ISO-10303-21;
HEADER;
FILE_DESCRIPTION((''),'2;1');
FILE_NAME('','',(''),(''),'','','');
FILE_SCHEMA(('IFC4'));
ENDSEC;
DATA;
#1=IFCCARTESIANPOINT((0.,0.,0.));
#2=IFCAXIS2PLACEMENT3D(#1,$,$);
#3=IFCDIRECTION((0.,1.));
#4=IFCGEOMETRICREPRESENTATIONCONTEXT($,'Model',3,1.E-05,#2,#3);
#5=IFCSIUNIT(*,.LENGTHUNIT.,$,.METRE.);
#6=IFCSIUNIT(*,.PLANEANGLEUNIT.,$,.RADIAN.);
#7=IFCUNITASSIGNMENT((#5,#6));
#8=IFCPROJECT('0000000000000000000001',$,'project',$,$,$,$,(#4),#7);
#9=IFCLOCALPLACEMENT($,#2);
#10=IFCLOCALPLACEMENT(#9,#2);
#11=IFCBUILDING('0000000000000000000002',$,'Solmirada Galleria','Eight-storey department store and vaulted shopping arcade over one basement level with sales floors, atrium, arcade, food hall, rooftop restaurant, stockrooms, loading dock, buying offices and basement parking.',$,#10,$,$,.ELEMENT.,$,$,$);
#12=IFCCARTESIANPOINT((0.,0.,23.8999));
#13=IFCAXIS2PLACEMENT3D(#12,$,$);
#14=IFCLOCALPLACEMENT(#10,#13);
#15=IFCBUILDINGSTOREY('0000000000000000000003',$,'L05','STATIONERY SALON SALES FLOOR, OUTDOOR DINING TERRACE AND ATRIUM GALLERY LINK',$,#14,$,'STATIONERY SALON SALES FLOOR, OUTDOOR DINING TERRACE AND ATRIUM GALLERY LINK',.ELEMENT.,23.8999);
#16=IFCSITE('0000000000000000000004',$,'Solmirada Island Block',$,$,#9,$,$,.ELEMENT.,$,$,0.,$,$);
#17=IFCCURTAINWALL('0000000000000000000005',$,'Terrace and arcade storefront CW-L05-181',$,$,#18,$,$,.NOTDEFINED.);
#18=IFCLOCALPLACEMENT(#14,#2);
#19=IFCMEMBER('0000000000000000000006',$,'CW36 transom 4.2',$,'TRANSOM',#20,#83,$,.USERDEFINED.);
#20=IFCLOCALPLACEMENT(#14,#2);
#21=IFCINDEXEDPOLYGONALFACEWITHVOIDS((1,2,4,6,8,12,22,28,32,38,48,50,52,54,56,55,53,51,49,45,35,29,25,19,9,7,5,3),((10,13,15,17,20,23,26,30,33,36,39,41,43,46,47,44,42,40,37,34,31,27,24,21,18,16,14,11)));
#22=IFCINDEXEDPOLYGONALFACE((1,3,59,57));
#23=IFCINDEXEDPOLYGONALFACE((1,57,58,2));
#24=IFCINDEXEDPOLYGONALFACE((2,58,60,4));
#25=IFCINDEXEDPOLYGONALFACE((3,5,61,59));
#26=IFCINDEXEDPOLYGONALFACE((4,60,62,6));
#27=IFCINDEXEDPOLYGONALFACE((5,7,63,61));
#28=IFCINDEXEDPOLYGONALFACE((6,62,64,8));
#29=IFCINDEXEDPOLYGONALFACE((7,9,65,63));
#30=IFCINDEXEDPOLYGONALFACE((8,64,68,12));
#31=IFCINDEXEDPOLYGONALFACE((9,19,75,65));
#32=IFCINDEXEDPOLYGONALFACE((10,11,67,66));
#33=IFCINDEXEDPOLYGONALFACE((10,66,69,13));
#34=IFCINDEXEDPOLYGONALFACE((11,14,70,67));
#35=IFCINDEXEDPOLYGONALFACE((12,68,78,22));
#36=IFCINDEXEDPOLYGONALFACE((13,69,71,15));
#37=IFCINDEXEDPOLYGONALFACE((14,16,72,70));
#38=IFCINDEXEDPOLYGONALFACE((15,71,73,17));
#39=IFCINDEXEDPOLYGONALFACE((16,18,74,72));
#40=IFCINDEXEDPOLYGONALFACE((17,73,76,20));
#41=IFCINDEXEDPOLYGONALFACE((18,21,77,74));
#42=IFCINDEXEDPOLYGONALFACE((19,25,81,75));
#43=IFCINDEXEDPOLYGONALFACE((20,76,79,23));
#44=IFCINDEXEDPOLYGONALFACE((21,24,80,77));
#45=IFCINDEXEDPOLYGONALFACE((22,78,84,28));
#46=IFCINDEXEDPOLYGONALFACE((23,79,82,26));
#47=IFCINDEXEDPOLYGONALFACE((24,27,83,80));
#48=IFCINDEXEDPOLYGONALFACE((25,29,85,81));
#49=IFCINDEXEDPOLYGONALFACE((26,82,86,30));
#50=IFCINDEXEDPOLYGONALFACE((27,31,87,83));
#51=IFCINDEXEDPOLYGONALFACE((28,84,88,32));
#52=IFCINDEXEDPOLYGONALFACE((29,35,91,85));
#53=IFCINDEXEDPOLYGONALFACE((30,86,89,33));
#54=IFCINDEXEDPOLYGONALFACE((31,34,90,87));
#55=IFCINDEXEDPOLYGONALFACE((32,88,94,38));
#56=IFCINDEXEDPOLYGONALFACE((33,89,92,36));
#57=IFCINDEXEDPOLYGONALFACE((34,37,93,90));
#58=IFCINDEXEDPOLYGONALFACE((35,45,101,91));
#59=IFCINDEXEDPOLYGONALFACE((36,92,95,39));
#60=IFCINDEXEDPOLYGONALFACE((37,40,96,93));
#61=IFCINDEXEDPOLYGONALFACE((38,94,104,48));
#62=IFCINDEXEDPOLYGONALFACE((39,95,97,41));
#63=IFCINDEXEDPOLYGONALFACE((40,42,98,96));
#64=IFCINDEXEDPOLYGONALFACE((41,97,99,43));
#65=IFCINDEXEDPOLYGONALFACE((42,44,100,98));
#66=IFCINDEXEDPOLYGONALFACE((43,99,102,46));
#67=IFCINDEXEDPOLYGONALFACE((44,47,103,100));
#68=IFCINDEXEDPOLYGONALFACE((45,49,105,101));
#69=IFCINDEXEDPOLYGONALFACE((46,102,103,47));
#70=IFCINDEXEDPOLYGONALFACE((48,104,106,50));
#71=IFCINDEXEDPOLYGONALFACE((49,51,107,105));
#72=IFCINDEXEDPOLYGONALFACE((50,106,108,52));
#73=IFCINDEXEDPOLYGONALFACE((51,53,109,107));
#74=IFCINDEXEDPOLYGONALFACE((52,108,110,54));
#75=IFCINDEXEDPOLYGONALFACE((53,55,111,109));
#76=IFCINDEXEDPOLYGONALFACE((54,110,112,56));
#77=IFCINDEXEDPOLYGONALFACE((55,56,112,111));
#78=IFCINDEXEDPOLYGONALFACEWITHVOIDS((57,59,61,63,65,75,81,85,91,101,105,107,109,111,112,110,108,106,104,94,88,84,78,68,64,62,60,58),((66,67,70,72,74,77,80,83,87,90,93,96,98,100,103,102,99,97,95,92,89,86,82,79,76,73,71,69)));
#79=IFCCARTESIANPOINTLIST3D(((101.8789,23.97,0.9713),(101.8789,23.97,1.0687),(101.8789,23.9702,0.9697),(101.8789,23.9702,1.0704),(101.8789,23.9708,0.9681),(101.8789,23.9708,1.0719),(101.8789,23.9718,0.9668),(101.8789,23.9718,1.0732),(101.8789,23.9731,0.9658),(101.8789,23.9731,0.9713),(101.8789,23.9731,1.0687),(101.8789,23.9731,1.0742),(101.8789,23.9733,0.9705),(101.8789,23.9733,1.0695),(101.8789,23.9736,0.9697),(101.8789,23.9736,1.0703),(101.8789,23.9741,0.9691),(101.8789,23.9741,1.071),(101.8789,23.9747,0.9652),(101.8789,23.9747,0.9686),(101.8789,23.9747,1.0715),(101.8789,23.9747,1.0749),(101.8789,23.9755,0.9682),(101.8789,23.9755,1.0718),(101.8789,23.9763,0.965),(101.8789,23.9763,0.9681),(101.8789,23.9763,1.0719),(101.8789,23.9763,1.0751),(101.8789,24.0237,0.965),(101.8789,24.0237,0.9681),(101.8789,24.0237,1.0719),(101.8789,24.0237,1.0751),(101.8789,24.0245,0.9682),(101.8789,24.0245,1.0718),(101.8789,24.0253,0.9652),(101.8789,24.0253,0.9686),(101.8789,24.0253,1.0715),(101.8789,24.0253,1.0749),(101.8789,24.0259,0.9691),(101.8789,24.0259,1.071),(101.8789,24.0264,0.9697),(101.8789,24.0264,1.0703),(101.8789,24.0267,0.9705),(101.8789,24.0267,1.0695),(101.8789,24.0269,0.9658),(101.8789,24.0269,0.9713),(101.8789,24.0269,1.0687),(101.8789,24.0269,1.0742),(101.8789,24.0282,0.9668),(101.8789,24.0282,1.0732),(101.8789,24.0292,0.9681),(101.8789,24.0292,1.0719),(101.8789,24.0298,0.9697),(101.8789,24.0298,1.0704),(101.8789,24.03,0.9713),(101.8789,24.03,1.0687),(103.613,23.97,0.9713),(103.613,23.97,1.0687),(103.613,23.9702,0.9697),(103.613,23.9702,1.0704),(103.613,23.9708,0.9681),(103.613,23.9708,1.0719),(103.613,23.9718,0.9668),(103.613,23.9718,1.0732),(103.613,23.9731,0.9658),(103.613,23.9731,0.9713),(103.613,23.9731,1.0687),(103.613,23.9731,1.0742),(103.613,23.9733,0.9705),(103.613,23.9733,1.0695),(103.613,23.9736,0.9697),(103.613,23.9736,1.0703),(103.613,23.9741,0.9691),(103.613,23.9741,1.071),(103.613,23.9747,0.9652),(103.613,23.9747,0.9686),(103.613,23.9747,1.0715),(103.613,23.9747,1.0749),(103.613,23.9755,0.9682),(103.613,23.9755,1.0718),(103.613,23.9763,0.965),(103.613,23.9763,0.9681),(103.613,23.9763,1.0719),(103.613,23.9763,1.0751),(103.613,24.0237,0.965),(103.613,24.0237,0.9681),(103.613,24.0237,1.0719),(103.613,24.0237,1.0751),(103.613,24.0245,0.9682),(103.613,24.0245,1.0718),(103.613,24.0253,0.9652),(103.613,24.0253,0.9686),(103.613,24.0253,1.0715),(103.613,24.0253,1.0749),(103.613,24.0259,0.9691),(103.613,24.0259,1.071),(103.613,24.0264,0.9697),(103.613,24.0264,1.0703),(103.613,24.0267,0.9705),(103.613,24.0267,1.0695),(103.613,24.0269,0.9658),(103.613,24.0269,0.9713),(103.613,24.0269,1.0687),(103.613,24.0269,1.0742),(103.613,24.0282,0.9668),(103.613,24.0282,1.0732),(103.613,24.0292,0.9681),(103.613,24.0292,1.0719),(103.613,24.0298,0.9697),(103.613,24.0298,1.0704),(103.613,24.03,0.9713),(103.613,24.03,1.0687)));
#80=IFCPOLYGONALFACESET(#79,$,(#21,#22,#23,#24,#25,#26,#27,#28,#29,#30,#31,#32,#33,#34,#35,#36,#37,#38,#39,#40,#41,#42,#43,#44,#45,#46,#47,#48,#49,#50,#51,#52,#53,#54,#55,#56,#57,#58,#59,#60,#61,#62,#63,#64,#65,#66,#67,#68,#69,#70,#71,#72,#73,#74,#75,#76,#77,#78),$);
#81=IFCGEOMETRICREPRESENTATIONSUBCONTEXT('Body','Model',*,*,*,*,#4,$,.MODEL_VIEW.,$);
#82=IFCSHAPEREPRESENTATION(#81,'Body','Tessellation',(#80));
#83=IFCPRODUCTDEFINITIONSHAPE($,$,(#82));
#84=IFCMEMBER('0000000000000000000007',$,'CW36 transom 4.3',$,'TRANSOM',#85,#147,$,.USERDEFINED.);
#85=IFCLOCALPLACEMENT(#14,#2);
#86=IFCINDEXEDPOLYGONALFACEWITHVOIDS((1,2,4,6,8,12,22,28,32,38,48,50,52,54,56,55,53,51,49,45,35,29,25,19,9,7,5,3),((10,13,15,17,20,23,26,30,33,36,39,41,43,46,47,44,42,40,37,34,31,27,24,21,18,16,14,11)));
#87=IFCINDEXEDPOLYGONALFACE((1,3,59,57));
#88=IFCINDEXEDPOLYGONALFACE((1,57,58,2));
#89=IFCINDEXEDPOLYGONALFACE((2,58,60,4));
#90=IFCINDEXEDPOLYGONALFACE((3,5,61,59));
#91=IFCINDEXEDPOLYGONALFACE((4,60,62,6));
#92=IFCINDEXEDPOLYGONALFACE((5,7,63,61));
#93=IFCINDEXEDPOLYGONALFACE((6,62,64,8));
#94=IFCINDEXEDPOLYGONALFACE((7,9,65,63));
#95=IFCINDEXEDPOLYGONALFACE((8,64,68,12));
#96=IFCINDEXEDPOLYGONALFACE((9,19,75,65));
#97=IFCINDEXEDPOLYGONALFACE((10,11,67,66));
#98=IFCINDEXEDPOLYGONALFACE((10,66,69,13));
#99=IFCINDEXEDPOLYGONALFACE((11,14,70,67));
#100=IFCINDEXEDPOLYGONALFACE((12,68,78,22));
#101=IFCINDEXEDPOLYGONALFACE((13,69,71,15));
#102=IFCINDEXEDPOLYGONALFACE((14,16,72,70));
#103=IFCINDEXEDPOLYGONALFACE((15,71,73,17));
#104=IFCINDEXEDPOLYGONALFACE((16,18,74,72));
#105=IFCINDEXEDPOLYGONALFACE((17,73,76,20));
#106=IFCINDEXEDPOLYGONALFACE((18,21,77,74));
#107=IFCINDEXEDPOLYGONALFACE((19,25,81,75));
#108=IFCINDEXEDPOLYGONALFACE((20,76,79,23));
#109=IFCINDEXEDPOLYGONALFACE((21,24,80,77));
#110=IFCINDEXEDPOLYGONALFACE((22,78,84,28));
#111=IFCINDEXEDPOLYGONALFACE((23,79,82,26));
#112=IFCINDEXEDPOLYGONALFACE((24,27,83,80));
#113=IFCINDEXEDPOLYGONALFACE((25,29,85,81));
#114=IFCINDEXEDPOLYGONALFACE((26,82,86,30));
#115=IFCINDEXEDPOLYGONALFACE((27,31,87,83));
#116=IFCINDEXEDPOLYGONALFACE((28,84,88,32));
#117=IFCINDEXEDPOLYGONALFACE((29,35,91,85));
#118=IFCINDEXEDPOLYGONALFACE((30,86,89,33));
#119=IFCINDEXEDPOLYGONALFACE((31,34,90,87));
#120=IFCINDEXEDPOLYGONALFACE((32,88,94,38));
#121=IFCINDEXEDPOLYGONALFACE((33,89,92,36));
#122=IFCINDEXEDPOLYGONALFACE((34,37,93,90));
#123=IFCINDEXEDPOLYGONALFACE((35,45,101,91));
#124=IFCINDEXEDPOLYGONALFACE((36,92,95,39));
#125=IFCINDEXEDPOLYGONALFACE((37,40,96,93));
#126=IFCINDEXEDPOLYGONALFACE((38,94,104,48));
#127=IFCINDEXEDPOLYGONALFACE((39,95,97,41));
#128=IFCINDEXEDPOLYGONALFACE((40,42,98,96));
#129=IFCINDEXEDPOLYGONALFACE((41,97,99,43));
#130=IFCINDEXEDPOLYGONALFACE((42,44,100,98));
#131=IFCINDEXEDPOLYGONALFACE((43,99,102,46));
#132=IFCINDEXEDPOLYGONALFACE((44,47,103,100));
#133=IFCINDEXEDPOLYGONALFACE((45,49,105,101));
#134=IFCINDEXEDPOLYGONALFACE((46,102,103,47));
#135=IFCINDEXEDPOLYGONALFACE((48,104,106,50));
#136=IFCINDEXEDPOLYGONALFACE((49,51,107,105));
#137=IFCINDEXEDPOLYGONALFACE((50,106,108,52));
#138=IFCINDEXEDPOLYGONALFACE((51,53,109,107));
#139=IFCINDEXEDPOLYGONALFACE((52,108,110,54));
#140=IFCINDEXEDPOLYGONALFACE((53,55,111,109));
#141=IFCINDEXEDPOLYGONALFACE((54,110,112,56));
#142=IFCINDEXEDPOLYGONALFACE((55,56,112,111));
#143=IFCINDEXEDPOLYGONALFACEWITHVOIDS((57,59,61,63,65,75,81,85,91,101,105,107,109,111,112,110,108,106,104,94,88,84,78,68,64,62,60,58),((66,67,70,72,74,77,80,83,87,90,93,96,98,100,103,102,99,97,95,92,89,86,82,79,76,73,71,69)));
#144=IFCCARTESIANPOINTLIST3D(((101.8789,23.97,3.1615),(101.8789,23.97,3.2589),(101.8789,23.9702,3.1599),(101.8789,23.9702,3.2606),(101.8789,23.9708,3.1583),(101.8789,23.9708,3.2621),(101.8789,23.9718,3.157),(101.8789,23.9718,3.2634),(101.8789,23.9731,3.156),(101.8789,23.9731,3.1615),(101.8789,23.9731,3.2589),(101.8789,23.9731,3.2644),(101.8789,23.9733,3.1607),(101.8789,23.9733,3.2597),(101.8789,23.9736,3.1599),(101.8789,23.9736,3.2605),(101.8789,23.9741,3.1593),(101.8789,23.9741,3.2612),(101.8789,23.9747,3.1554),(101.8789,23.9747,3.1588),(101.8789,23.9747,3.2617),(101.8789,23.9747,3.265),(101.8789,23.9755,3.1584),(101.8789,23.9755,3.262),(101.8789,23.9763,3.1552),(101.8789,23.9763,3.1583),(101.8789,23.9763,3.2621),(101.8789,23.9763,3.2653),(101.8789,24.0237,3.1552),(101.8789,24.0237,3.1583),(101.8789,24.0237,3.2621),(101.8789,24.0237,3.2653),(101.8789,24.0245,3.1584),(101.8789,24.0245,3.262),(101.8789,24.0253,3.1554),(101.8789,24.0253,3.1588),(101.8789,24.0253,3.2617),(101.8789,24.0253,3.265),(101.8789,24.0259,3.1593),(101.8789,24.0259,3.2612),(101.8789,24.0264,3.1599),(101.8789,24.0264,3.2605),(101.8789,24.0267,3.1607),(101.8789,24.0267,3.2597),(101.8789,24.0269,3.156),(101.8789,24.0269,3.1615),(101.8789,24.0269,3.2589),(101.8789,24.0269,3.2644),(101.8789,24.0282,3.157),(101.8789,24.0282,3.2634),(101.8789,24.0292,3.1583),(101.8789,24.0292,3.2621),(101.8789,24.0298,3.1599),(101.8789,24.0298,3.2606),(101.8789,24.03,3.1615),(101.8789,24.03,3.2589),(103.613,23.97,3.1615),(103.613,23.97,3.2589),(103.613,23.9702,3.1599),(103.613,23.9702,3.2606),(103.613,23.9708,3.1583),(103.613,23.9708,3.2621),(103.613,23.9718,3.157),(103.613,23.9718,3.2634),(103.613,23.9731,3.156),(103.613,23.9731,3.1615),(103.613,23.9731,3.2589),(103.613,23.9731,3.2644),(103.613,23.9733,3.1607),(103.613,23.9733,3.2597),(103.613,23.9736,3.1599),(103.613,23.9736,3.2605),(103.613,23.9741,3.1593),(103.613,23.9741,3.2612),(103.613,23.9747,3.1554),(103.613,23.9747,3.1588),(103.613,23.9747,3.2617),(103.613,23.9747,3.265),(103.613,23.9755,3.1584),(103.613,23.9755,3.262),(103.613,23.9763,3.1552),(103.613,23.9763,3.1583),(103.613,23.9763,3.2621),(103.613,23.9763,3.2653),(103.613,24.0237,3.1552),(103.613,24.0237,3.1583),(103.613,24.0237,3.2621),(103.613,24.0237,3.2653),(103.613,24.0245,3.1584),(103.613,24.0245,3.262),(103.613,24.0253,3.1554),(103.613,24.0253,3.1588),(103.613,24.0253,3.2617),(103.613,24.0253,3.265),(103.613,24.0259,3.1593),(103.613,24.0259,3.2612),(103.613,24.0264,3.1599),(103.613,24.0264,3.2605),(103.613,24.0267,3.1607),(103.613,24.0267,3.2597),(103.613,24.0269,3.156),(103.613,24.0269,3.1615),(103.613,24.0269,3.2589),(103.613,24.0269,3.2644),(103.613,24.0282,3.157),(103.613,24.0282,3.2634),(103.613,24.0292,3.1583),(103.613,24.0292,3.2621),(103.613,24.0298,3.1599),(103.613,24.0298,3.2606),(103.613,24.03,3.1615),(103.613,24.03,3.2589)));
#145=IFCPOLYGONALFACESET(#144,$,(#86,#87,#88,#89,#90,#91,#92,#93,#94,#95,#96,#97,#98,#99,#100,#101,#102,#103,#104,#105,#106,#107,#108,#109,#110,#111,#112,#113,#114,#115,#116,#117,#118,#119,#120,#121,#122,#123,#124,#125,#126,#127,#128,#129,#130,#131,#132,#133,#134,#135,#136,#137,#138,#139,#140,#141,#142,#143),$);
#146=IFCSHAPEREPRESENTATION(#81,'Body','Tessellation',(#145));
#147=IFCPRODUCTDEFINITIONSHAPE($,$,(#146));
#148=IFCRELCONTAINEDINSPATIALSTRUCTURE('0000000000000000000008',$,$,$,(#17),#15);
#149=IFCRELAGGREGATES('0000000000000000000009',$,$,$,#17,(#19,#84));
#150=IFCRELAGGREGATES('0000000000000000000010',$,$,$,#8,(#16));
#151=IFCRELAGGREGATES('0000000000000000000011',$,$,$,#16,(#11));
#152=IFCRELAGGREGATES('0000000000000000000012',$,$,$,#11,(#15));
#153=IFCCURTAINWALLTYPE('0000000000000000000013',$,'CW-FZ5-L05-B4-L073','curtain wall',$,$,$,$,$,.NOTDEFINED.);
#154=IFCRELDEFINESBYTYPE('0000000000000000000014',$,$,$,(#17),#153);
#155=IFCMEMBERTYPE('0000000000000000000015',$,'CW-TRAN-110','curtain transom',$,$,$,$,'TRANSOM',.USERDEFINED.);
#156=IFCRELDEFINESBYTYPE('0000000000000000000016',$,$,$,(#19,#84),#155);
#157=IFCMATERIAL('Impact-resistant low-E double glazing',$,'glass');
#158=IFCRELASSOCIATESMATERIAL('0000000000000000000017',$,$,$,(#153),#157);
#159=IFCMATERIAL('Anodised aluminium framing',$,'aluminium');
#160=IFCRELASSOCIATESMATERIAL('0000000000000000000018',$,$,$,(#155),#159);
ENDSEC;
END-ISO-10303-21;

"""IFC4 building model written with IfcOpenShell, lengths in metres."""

from ifc_helpers import new_model, si_unit, direction, frame, origin, origin_2d, place, context, subcontext, project, spatial, hollow_rectangle, extrude, material, material_profile, profile_set, type_object, element, aggregate, save


model = new_model("IFC4")

# Units and contexts
model_context = context("Model", 3, precision=1e-05, world=origin(), true_north=direction((0.0, 1.0)))
body_context = subcontext(model_context, "Body", "Model", "MODEL_VIEW")
ifc_project = project(units=[si_unit("LENGTHUNIT", "METRE"), si_unit("PLANEANGLEUNIT", "RADIAN")], contexts=[model_context])

# Site, building, storey
site_placement = place(None, origin())
site = spatial("IfcSite", under=ifc_project, at=site_placement, Name="Solmirada Island Block", CompositionType="ELEMENT", RefElevation=0.0)
building_placement = place(site_placement, origin())
building = spatial("IfcBuilding", under=site, at=building_placement, Name="Solmirada Galleria", Description="Eight-storey department store and vaulted shopping arcade over one basement level with sales floors, atrium, arcade, food hall, rooftop restaurant, stockrooms, loading dock, buying offices and basement parking.", CompositionType="ELEMENT")
storey_placement = place(building_placement, frame((0.0, 0.0, 23.8999)))
storey = spatial("IfcBuildingStorey", under=building, at=storey_placement, Name="L05", Description="STATIONERY SALON SALES FLOOR, OUTDOOR DINING TERRACE AND ATRIUM GALLERY LINK", LongName="STATIONERY SALON SALES FLOOR, OUTDOOR DINING TERRACE AND ATRIUM GALLERY LINK", CompositionType="ELEMENT", Elevation=23.8999)

# Curtain wall
ifc_material_1 = material(Name="Impact-resistant low-E double glazing", Category="glass")
curtain_wall_type_1 = type_object("IfcCurtainWallType", Name="CW-FZ5-L05-B4-L073", Description="curtain wall", PredefinedType="NOTDEFINED", material=ifc_material_1)
curtain_wall_1_placement = place(storey_placement, origin())
curtain_wall_1 = element("IfcCurtainWall", 1, at=curtain_wall_1_placement, inside=storey, type_object=curtain_wall_type_1, Name="Terrace and arcade storefront CW-L05-181", PredefinedType="NOTDEFINED")
ifc_material_2 = material(Name="Anodised aluminium framing", Category="aluminium")

# Members
ifc_material_profile_1 = material_profile(ifc_material_2, hollow_rectangle(XDim=0.0601, YDim=0.1101, WallThickness=0.0032, InnerFilletRadius=0.0032, OuterFilletRadius=0.0063, at=origin_2d()), Name="ALU-TRAN-110X60")
ifc_profile_set_1 = profile_set([ifc_material_profile_1], Name="Anodised aluminium framing")
member_type_1 = type_object("IfcMemberType", Name="CW-TRAN-110", Description="curtain transom", ElementType="TRANSOM", PredefinedType="USERDEFINED", material=ifc_profile_set_1)
member_1_placement = place(storey_placement, frame((101.8789, 24.0, 1.02), z_axis=(1.0, 0.0, 0.0), x_axis=(0.0, 1.0, 0.0)))
member_1 = element("IfcMember", 2, at=member_1_placement, type_object=member_type_1, Name="CW36 transom 4.2", ObjectType="TRANSOM", PredefinedType="USERDEFINED", context=body_context, shape_type="SweptSolid", body=[
    extrude(hollow_rectangle(XDim=0.0601, YDim=0.1101, WallThickness=0.0032, InnerFilletRadius=0.0032, OuterFilletRadius=0.0063, at=origin_2d()), origin(), (0.0, 0.0, 1.0), 1.7341),
])
member_2_placement = place(storey_placement, frame((101.8789, 24.0, 3.2102), z_axis=(1.0, 0.0, 0.0), x_axis=(0.0, 1.0, 0.0)))
member_2 = element("IfcMember", 3, at=member_2_placement, type_object=member_type_1, Name="CW36 transom 4.3", ObjectType="TRANSOM", PredefinedType="USERDEFINED", context=body_context, shape_type="SweptSolid", body=[
    extrude(hollow_rectangle(XDim=0.0601, YDim=0.1101, WallThickness=0.0032, InnerFilletRadius=0.0032, OuterFilletRadius=0.0063, at=origin_2d()), origin(), (0.0, 0.0, 1.0), 1.7341),
])

aggregate(curtain_wall_1, [member_1, member_2])

save(model, "model.ifc")
